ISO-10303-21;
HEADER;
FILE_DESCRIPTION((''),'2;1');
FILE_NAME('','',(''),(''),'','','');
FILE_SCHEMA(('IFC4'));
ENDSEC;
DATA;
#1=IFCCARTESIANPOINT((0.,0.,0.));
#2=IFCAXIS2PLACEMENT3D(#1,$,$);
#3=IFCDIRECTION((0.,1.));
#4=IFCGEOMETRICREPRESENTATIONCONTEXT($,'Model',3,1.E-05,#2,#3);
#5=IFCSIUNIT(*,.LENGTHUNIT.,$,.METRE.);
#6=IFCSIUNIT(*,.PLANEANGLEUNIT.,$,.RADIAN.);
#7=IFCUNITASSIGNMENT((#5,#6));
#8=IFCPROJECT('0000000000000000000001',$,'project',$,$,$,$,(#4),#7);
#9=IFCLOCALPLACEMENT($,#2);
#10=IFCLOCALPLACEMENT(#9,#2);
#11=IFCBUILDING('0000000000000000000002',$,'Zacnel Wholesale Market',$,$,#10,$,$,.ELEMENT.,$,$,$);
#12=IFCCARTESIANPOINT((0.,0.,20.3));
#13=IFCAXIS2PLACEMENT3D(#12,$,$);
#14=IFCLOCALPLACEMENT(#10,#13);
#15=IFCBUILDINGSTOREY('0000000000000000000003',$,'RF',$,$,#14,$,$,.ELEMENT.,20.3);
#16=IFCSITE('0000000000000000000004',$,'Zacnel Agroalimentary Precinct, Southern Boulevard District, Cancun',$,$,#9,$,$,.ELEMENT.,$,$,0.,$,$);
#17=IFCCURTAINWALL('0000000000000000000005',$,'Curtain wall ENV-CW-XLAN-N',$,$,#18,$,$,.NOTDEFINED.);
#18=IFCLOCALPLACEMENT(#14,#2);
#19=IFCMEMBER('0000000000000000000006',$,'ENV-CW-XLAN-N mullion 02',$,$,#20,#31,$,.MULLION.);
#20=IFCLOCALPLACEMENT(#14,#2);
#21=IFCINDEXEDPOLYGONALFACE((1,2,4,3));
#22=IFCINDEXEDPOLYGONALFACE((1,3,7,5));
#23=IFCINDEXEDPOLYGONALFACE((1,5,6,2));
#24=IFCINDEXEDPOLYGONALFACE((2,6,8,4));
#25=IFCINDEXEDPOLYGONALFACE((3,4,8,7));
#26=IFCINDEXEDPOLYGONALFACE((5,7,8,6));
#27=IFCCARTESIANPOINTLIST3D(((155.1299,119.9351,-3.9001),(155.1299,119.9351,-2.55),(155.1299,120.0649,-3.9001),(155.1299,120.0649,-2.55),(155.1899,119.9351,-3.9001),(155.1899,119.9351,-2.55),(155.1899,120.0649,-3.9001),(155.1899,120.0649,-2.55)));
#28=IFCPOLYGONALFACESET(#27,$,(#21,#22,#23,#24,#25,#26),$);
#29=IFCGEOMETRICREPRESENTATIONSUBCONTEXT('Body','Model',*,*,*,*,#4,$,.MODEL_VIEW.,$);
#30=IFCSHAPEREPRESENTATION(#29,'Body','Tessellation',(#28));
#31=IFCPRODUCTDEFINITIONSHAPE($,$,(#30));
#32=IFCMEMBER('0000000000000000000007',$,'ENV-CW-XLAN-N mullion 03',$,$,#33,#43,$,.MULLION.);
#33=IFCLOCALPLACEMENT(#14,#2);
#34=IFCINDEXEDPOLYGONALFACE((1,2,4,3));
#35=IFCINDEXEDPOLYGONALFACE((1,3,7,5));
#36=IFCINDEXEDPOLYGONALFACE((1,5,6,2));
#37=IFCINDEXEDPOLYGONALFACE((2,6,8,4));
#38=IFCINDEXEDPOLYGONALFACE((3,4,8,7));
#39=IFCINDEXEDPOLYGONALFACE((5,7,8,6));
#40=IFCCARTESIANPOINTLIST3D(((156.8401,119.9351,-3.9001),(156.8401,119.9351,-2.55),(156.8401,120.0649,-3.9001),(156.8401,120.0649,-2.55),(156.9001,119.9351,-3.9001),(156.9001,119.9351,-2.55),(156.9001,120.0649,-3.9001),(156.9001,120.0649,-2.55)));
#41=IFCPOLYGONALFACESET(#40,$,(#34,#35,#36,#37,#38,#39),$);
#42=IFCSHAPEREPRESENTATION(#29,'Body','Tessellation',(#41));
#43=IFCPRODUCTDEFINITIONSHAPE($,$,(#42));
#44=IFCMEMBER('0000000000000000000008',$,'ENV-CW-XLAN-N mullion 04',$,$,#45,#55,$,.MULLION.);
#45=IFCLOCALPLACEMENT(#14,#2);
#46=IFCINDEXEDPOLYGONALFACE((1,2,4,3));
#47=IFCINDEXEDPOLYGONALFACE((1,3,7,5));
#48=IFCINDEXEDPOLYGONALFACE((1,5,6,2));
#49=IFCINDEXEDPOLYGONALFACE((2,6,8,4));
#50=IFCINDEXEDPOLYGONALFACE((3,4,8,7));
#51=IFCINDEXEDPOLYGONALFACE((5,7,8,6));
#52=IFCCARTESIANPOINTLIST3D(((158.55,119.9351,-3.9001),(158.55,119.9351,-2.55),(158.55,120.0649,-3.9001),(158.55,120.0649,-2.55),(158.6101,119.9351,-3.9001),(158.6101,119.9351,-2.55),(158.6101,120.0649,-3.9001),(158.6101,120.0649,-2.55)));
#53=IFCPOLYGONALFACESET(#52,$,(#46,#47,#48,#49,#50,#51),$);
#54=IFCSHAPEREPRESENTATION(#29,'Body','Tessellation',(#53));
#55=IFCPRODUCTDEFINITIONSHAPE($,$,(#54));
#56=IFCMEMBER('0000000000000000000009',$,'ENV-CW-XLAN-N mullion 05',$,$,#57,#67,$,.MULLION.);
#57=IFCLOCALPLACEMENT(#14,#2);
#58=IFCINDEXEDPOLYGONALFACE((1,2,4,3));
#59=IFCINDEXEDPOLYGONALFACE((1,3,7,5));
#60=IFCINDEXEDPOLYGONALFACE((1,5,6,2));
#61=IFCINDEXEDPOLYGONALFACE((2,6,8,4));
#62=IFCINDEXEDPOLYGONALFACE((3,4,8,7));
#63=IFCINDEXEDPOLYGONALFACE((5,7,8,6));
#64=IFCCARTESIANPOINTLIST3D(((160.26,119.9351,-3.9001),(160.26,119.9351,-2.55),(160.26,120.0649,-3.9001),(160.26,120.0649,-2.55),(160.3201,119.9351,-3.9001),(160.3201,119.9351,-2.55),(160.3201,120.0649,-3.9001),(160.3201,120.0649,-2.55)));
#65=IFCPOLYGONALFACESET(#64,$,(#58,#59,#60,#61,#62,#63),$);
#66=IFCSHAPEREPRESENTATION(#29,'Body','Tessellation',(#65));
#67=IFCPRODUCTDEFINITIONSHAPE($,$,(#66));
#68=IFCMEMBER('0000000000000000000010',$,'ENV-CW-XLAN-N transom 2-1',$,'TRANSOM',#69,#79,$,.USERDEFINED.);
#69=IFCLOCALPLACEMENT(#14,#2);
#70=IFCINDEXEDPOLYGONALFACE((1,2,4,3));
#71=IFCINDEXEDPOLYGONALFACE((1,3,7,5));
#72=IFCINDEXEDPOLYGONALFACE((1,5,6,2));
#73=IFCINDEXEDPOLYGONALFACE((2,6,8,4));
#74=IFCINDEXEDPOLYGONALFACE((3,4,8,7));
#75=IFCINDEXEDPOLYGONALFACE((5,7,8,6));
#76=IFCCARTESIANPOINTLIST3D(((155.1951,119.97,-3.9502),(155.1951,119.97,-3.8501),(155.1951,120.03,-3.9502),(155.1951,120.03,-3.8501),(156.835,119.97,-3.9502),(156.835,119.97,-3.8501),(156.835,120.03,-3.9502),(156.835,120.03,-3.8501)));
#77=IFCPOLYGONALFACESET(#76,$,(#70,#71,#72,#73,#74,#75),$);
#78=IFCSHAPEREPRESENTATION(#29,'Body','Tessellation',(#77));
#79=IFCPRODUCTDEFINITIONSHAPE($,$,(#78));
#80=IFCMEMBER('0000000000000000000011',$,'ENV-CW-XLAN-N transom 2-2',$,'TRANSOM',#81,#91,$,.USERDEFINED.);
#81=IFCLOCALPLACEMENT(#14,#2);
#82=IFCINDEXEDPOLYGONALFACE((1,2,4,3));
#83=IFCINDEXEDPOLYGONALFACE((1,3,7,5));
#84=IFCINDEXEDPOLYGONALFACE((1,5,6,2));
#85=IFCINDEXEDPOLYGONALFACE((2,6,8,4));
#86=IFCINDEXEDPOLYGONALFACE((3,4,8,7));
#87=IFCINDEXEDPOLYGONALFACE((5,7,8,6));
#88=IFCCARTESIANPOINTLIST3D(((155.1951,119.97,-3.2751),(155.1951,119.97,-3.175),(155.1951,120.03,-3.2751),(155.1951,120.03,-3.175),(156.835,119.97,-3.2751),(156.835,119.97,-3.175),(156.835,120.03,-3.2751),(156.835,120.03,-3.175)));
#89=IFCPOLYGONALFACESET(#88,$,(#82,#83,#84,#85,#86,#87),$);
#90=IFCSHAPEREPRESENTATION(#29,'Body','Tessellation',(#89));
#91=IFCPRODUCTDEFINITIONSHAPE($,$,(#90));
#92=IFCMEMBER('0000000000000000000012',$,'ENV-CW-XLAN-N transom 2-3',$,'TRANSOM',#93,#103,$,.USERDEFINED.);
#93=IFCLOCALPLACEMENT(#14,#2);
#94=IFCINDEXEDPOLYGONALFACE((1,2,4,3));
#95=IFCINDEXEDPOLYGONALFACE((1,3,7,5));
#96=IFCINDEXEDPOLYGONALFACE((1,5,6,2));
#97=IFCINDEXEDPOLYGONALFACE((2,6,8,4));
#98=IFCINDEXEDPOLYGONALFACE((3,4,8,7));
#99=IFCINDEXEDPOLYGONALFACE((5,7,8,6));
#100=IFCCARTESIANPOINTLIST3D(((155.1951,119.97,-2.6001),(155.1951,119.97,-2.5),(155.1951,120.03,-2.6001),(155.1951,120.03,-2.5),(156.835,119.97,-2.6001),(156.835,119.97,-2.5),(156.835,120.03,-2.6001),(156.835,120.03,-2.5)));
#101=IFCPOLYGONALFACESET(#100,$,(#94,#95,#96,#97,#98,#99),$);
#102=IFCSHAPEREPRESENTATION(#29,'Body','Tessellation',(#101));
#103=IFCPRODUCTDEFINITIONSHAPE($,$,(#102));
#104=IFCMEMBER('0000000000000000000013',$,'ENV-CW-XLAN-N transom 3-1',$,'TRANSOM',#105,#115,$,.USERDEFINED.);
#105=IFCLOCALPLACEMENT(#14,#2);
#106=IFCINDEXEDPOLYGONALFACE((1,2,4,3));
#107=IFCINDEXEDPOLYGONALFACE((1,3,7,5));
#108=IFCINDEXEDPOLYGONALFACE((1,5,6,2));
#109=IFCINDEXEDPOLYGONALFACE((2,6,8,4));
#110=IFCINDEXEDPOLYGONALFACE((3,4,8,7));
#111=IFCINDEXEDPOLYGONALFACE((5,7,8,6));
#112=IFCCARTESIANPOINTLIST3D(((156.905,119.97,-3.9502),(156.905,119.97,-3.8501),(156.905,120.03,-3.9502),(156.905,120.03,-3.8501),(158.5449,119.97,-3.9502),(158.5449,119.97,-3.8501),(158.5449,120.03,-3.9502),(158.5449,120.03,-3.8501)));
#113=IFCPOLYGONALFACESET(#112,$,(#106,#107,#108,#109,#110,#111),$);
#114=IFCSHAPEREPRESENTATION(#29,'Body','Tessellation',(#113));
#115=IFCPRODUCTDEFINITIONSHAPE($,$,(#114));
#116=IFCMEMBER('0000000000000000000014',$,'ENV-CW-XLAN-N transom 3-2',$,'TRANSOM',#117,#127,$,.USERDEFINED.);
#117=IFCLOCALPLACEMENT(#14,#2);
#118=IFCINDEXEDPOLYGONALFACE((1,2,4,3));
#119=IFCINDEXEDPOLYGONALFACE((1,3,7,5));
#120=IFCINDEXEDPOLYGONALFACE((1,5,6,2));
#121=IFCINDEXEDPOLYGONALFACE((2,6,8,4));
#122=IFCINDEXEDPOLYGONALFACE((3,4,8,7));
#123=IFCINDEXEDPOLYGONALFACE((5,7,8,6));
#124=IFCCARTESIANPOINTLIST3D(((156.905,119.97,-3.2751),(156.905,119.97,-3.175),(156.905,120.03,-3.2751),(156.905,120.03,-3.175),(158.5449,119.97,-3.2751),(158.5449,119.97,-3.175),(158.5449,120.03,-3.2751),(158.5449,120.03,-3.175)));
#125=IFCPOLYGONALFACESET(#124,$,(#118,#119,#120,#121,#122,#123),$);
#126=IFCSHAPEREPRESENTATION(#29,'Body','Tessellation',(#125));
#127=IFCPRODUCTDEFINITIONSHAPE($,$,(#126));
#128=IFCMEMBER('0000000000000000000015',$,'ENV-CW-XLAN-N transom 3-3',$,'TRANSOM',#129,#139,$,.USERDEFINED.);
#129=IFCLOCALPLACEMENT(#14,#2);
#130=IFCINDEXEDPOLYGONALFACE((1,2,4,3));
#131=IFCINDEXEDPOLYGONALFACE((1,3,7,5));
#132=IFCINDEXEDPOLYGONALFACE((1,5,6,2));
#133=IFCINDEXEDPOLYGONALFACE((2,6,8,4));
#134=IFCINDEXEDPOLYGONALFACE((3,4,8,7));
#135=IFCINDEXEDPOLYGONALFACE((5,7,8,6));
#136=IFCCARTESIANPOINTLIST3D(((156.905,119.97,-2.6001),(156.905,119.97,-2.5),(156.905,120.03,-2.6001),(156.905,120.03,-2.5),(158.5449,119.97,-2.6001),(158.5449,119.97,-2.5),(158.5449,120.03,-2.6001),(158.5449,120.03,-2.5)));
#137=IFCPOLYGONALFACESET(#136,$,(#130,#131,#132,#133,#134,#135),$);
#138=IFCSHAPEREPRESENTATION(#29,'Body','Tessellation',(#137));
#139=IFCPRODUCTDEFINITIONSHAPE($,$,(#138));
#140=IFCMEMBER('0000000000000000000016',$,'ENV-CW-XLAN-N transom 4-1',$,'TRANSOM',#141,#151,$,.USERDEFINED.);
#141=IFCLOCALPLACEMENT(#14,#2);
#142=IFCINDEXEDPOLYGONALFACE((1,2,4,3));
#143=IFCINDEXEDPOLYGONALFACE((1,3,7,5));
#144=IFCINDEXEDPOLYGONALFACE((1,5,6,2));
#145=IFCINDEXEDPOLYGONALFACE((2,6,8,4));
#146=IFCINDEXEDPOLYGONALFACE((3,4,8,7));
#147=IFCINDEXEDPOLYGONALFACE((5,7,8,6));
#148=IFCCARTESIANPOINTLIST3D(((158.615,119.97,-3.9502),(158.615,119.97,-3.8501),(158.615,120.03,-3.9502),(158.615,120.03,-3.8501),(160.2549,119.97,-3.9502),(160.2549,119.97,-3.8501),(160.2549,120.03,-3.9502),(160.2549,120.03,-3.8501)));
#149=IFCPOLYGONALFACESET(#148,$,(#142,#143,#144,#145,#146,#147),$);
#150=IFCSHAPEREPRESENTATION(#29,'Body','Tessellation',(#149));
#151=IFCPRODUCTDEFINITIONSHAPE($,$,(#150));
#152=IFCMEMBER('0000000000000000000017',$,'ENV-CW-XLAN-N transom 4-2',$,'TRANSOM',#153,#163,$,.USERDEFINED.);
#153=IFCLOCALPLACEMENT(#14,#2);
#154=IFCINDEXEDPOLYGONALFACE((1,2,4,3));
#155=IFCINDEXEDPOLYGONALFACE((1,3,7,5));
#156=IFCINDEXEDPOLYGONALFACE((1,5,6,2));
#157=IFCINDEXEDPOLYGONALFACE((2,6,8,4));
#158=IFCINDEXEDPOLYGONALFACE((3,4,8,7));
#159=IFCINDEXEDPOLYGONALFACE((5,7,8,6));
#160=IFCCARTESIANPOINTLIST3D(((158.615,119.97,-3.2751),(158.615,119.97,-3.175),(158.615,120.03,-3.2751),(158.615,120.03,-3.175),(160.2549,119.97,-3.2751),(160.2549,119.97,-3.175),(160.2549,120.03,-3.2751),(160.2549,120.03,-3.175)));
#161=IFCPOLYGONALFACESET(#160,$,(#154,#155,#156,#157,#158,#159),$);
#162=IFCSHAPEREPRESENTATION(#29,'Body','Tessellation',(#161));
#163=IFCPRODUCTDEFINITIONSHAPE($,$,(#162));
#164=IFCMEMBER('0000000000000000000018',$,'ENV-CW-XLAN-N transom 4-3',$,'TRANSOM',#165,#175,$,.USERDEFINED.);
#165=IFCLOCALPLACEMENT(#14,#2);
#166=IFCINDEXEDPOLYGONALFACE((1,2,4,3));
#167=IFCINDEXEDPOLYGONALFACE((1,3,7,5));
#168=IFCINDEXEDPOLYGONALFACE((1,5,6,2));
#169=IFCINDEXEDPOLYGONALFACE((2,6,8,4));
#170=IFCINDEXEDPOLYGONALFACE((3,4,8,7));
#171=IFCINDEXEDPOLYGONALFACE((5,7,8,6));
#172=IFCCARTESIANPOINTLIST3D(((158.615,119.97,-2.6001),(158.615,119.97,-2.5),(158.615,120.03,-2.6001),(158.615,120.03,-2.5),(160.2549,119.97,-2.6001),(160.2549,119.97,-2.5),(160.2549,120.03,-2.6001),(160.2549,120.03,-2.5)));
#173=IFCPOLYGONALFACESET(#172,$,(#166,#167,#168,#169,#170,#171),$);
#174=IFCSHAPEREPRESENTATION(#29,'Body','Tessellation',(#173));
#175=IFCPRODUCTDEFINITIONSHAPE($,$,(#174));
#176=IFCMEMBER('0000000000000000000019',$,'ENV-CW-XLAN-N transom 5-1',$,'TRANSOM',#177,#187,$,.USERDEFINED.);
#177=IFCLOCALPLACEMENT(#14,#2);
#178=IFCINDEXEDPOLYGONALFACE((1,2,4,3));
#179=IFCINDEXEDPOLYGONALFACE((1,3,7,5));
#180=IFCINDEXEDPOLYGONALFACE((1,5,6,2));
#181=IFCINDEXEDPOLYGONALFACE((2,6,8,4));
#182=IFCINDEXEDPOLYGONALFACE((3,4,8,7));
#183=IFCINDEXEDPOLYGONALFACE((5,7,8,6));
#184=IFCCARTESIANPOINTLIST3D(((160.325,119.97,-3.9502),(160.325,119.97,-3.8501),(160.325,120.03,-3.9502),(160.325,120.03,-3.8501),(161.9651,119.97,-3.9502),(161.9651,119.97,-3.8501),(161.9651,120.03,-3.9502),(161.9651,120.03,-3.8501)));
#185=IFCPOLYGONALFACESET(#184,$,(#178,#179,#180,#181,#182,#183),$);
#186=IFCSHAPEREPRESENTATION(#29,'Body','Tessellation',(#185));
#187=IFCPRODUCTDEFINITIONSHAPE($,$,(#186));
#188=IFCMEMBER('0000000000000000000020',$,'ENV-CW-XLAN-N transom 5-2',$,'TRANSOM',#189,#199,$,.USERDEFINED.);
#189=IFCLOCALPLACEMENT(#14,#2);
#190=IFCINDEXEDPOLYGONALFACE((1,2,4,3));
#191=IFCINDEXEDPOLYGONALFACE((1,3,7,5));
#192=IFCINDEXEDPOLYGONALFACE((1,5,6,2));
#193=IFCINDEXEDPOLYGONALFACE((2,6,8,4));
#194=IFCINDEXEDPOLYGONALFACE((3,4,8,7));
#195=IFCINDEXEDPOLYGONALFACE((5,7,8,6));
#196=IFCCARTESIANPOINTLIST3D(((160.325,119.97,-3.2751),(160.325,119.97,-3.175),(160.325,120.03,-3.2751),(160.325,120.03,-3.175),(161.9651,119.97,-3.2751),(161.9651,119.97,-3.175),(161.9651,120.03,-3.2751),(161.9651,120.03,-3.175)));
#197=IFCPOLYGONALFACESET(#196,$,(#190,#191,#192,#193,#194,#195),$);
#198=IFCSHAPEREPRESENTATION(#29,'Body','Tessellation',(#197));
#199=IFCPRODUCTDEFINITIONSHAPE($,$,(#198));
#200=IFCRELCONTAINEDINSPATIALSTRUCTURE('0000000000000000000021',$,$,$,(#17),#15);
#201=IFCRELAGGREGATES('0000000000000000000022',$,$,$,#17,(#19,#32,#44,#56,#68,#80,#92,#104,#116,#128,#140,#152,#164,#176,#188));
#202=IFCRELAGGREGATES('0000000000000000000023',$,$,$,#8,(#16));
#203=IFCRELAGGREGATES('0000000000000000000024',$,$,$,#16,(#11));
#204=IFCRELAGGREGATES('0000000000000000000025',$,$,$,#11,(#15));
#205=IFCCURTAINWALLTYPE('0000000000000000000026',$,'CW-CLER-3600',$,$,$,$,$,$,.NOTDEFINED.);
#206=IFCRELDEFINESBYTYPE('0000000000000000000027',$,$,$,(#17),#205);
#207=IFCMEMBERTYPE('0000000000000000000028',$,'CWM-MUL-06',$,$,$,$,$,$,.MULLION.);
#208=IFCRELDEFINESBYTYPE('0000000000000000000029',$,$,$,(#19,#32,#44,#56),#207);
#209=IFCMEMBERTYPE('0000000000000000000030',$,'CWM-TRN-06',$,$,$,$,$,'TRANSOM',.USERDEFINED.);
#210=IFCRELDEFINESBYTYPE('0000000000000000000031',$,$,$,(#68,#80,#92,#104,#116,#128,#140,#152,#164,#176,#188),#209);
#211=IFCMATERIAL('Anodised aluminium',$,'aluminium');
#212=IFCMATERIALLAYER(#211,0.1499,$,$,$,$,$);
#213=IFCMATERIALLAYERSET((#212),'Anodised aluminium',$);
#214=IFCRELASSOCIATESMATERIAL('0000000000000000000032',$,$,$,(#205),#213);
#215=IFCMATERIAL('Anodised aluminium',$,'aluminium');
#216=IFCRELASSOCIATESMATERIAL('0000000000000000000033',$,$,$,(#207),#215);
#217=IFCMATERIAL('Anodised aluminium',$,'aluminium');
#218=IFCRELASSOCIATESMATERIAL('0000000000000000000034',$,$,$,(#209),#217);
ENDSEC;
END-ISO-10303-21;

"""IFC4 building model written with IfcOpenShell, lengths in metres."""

from ifc_helpers import new_model, si_unit, direction, frame, origin, origin_2d, place, context, subcontext, project, spatial, rectangle, extrude, material, layer, layer_set, material_profile, profile_set, type_object, element, aggregate, save


model = new_model("IFC4")

# Units and contexts
model_context = context("Model", 3, precision=1e-05, world=origin(), true_north=direction((0.0, 1.0)))
body_context = subcontext(model_context, "Body", "Model", "MODEL_VIEW")
ifc_project = project(units=[si_unit("LENGTHUNIT", "METRE"), si_unit("PLANEANGLEUNIT", "RADIAN")], contexts=[model_context])

# Site, building, storey
site_placement = place(None, origin())
site = spatial("IfcSite", under=ifc_project, at=site_placement, Name="Zacnel Agroalimentary Precinct, Southern Boulevard District, Cancun", CompositionType="ELEMENT", RefElevation=0.0)
building_placement = place(site_placement, origin())
building = spatial("IfcBuilding", under=site, at=building_placement, Name="Zacnel Wholesale Market", CompositionType="ELEMENT")
storey_placement = place(building_placement, frame((0.0, 0.0, 20.3)))
storey = spatial("IfcBuildingStorey", under=building, at=storey_placement, Name="RF", CompositionType="ELEMENT", Elevation=20.3)

# Curtain wall, members
ifc_material_1 = material(Name="Anodised aluminium", Category="aluminium")
ifc_layer_1 = layer(ifc_material_1, 0.1499)
ifc_layer_set_1 = layer_set([ifc_layer_1], Name="Anodised aluminium")
curtain_wall_type = type_object("IfcCurtainWallType", Name="CW-CLER-3600", PredefinedType="NOTDEFINED", material=ifc_layer_set_1)
curtain_wall_placement = place(storey_placement, origin())
curtain_wall = element("IfcCurtainWall", 1, at=curtain_wall_placement, inside=storey, type_object=curtain_wall_type, Name="Curtain wall ENV-CW-XLAN-N", PredefinedType="NOTDEFINED")
ifc_material_2 = material(Name="Anodised aluminium", Category="aluminium")
ifc_material_profile_1 = material_profile(ifc_material_2, rectangle(XDim=0.0601, YDim=0.1299, at=origin_2d()), Name="AW-MULLION 60x130")
ifc_profile_set_1 = profile_set([ifc_material_profile_1], Name="Anodised aluminium")
member_type_1 = type_object("IfcMemberType", Name="CWM-MUL-06", PredefinedType="MULLION", material=ifc_profile_set_1)
member_1_placement = place(storey_placement, frame((155.1599, 120.0, -3.9001), z_axis=(0.0, 0.0, 1.0), x_axis=(1.0, 0.0, 0.0)))
member_1 = element("IfcMember", 2, at=member_1_placement, type_object=member_type_1, Name="ENV-CW-XLAN-N mullion 02", PredefinedType="MULLION", context=body_context, shape_type="SweptSolid", body=[
    extrude(rectangle(XDim=0.0601, YDim=0.1299, at=origin_2d()), origin(), (0.0, 0.0, 1.0), 1.3501),
])
member_2_placement = place(storey_placement, frame((156.8701, 120.0, -3.9001), z_axis=(0.0, 0.0, 1.0), x_axis=(1.0, 0.0, 0.0)))
member_2 = element("IfcMember", 3, at=member_2_placement, type_object=member_type_1, Name="ENV-CW-XLAN-N mullion 03", PredefinedType="MULLION", context=body_context, shape_type="SweptSolid", body=[
    extrude(rectangle(XDim=0.0601, YDim=0.1299, at=origin_2d()), origin(), (0.0, 0.0, 1.0), 1.3501),
])
member_3_placement = place(storey_placement, frame((158.5801, 120.0, -3.9001), z_axis=(0.0, 0.0, 1.0), x_axis=(1.0, 0.0, 0.0)))
member_3 = element("IfcMember", 4, at=member_3_placement, type_object=member_type_1, Name="ENV-CW-XLAN-N mullion 04", PredefinedType="MULLION", context=body_context, shape_type="SweptSolid", body=[
    extrude(rectangle(XDim=0.0601, YDim=0.1299, at=origin_2d()), origin(), (0.0, 0.0, 1.0), 1.3501),
])
member_4_placement = place(storey_placement, frame((160.29, 120.0, -3.9001), z_axis=(0.0, 0.0, 1.0), x_axis=(1.0, 0.0, 0.0)))
member_4 = element("IfcMember", 5, at=member_4_placement, type_object=member_type_1, Name="ENV-CW-XLAN-N mullion 05", PredefinedType="MULLION", context=body_context, shape_type="SweptSolid", body=[
    extrude(rectangle(XDim=0.0601, YDim=0.1299, at=origin_2d()), origin(), (0.0, 0.0, 1.0), 1.3501),
])
ifc_material_3 = material(Name="Anodised aluminium", Category="aluminium")
ifc_material_profile_2 = material_profile(ifc_material_3, rectangle(XDim=0.0601, YDim=0.1001, at=origin_2d()), Name="AW-TRANSOM 60x100")
ifc_profile_set_2 = profile_set([ifc_material_profile_2], Name="Anodised aluminium")
member_type_2 = type_object("IfcMemberType", Name="CWM-TRN-06", ElementType="TRANSOM", PredefinedType="USERDEFINED", material=ifc_profile_set_2)
member_5_placement = place(storey_placement, frame((155.1951, 120.0, -3.9001), z_axis=(1.0, 0.0, 0.0), x_axis=(0.0, 1.0, 0.0)))
member_5 = element("IfcMember", 6, at=member_5_placement, type_object=member_type_2, Name="ENV-CW-XLAN-N transom 2-1", ObjectType="TRANSOM", PredefinedType="USERDEFINED", context=body_context, shape_type="SweptSolid", body=[
    extrude(rectangle(XDim=0.0601, YDim=0.1001, at=origin_2d()), origin(), (0.0, 0.0, 1.0), 1.6399),
])
member_6_placement = place(storey_placement, frame((155.1951, 120.0, -3.2251), z_axis=(1.0, 0.0, 0.0), x_axis=(0.0, 1.0, 0.0)))
member_6 = element("IfcMember", 7, at=member_6_placement, type_object=member_type_2, Name="ENV-CW-XLAN-N transom 2-2", ObjectType="TRANSOM", PredefinedType="USERDEFINED", context=body_context, shape_type="SweptSolid", body=[
    extrude(rectangle(XDim=0.0601, YDim=0.1001, at=origin_2d()), origin(), (0.0, 0.0, 1.0), 1.6399),
])
member_7_placement = place(storey_placement, frame((155.1951, 120.0, -2.55), z_axis=(1.0, 0.0, 0.0), x_axis=(0.0, 1.0, 0.0)))
member_7 = element("IfcMember", 8, at=member_7_placement, type_object=member_type_2, Name="ENV-CW-XLAN-N transom 2-3", ObjectType="TRANSOM", PredefinedType="USERDEFINED", context=body_context, shape_type="SweptSolid", body=[
    extrude(rectangle(XDim=0.0601, YDim=0.1001, at=origin_2d()), origin(), (0.0, 0.0, 1.0), 1.6399),
])
member_8_placement = place(storey_placement, frame((156.905, 120.0, -3.9001), z_axis=(1.0, 0.0, 0.0), x_axis=(0.0, 1.0, 0.0)))
member_8 = element("IfcMember", 9, at=member_8_placement, type_object=member_type_2, Name="ENV-CW-XLAN-N transom 3-1", ObjectType="TRANSOM", PredefinedType="USERDEFINED", context=body_context, shape_type="SweptSolid", body=[
    extrude(rectangle(XDim=0.0601, YDim=0.1001, at=origin_2d()), origin(), (0.0, 0.0, 1.0), 1.6399),
])
member_9_placement = place(storey_placement, frame((156.905, 120.0, -3.2251), z_axis=(1.0, 0.0, 0.0), x_axis=(0.0, 1.0, 0.0)))
member_9 = element("IfcMember", 10, at=member_9_placement, type_object=member_type_2, Name="ENV-CW-XLAN-N transom 3-2", ObjectType="TRANSOM", PredefinedType="USERDEFINED", context=body_context, shape_type="SweptSolid", body=[
    extrude(rectangle(XDim=0.0601, YDim=0.1001, at=origin_2d()), origin(), (0.0, 0.0, 1.0), 1.6399),
])
member_10_placement = place(storey_placement, frame((156.905, 120.0, -2.55), z_axis=(1.0, 0.0, 0.0), x_axis=(0.0, 1.0, 0.0)))
member_10 = element("IfcMember", 11, at=member_10_placement, type_object=member_type_2, Name="ENV-CW-XLAN-N transom 3-3", ObjectType="TRANSOM", PredefinedType="USERDEFINED", context=body_context, shape_type="SweptSolid", body=[
    extrude(rectangle(XDim=0.0601, YDim=0.1001, at=origin_2d()), origin(), (0.0, 0.0, 1.0), 1.6399),
])
member_11_placement = place(storey_placement, frame((158.615, 120.0, -3.9001), z_axis=(1.0, 0.0, 0.0), x_axis=(0.0, 1.0, 0.0)))
member_11 = element("IfcMember", 12, at=member_11_placement, type_object=member_type_2, Name="ENV-CW-XLAN-N transom 4-1", ObjectType="TRANSOM", PredefinedType="USERDEFINED", context=body_context, shape_type="SweptSolid", body=[
    extrude(rectangle(XDim=0.0601, YDim=0.1001, at=origin_2d()), origin(), (0.0, 0.0, 1.0), 1.6399),
])
member_12_placement = place(storey_placement, frame((158.615, 120.0, -3.2251), z_axis=(1.0, 0.0, 0.0), x_axis=(0.0, 1.0, 0.0)))
member_12 = element("IfcMember", 13, at=member_12_placement, type_object=member_type_2, Name="ENV-CW-XLAN-N transom 4-2", ObjectType="TRANSOM", PredefinedType="USERDEFINED", context=body_context, shape_type="SweptSolid", body=[
    extrude(rectangle(XDim=0.0601, YDim=0.1001, at=origin_2d()), origin(), (0.0, 0.0, 1.0), 1.6399),
])
member_13_placement = place(storey_placement, frame((158.615, 120.0, -2.55), z_axis=(1.0, 0.0, 0.0), x_axis=(0.0, 1.0, 0.0)))
member_13 = element("IfcMember", 14, at=member_13_placement, type_object=member_type_2, Name="ENV-CW-XLAN-N transom 4-3", ObjectType="TRANSOM", PredefinedType="USERDEFINED", context=body_context, shape_type="SweptSolid", body=[
    extrude(rectangle(XDim=0.0601, YDim=0.1001, at=origin_2d()), origin(), (0.0, 0.0, 1.0), 1.6399),
])
member_14_placement = place(storey_placement, frame((160.325, 120.0, -3.9001), z_axis=(1.0, 0.0, 0.0), x_axis=(0.0, 1.0, 0.0)))
member_14 = element("IfcMember", 15, at=member_14_placement, type_object=member_type_2, Name="ENV-CW-XLAN-N transom 5-1", ObjectType="TRANSOM", PredefinedType="USERDEFINED", context=body_context, shape_type="SweptSolid", body=[
    extrude(rectangle(XDim=0.0601, YDim=0.1001, at=origin_2d()), origin(), (0.0, 0.0, 1.0), 1.6401),
])
member_15_placement = place(storey_placement, frame((160.325, 120.0, -3.2251), z_axis=(1.0, 0.0, 0.0), x_axis=(0.0, 1.0, 0.0)))
member_15 = element("IfcMember", 16, at=member_15_placement, type_object=member_type_2, Name="ENV-CW-XLAN-N transom 5-2", ObjectType="TRANSOM", PredefinedType="USERDEFINED", context=body_context, shape_type="SweptSolid", body=[
    extrude(rectangle(XDim=0.0601, YDim=0.1001, at=origin_2d()), origin(), (0.0, 0.0, 1.0), 1.6401),
])
aggregate(curtain_wall, [member_1, member_2, member_3, member_4, member_5, member_6, member_7, member_8, member_9, member_10, member_11, member_12, member_13, member_14, member_15])

save(model, "model.ifc")
